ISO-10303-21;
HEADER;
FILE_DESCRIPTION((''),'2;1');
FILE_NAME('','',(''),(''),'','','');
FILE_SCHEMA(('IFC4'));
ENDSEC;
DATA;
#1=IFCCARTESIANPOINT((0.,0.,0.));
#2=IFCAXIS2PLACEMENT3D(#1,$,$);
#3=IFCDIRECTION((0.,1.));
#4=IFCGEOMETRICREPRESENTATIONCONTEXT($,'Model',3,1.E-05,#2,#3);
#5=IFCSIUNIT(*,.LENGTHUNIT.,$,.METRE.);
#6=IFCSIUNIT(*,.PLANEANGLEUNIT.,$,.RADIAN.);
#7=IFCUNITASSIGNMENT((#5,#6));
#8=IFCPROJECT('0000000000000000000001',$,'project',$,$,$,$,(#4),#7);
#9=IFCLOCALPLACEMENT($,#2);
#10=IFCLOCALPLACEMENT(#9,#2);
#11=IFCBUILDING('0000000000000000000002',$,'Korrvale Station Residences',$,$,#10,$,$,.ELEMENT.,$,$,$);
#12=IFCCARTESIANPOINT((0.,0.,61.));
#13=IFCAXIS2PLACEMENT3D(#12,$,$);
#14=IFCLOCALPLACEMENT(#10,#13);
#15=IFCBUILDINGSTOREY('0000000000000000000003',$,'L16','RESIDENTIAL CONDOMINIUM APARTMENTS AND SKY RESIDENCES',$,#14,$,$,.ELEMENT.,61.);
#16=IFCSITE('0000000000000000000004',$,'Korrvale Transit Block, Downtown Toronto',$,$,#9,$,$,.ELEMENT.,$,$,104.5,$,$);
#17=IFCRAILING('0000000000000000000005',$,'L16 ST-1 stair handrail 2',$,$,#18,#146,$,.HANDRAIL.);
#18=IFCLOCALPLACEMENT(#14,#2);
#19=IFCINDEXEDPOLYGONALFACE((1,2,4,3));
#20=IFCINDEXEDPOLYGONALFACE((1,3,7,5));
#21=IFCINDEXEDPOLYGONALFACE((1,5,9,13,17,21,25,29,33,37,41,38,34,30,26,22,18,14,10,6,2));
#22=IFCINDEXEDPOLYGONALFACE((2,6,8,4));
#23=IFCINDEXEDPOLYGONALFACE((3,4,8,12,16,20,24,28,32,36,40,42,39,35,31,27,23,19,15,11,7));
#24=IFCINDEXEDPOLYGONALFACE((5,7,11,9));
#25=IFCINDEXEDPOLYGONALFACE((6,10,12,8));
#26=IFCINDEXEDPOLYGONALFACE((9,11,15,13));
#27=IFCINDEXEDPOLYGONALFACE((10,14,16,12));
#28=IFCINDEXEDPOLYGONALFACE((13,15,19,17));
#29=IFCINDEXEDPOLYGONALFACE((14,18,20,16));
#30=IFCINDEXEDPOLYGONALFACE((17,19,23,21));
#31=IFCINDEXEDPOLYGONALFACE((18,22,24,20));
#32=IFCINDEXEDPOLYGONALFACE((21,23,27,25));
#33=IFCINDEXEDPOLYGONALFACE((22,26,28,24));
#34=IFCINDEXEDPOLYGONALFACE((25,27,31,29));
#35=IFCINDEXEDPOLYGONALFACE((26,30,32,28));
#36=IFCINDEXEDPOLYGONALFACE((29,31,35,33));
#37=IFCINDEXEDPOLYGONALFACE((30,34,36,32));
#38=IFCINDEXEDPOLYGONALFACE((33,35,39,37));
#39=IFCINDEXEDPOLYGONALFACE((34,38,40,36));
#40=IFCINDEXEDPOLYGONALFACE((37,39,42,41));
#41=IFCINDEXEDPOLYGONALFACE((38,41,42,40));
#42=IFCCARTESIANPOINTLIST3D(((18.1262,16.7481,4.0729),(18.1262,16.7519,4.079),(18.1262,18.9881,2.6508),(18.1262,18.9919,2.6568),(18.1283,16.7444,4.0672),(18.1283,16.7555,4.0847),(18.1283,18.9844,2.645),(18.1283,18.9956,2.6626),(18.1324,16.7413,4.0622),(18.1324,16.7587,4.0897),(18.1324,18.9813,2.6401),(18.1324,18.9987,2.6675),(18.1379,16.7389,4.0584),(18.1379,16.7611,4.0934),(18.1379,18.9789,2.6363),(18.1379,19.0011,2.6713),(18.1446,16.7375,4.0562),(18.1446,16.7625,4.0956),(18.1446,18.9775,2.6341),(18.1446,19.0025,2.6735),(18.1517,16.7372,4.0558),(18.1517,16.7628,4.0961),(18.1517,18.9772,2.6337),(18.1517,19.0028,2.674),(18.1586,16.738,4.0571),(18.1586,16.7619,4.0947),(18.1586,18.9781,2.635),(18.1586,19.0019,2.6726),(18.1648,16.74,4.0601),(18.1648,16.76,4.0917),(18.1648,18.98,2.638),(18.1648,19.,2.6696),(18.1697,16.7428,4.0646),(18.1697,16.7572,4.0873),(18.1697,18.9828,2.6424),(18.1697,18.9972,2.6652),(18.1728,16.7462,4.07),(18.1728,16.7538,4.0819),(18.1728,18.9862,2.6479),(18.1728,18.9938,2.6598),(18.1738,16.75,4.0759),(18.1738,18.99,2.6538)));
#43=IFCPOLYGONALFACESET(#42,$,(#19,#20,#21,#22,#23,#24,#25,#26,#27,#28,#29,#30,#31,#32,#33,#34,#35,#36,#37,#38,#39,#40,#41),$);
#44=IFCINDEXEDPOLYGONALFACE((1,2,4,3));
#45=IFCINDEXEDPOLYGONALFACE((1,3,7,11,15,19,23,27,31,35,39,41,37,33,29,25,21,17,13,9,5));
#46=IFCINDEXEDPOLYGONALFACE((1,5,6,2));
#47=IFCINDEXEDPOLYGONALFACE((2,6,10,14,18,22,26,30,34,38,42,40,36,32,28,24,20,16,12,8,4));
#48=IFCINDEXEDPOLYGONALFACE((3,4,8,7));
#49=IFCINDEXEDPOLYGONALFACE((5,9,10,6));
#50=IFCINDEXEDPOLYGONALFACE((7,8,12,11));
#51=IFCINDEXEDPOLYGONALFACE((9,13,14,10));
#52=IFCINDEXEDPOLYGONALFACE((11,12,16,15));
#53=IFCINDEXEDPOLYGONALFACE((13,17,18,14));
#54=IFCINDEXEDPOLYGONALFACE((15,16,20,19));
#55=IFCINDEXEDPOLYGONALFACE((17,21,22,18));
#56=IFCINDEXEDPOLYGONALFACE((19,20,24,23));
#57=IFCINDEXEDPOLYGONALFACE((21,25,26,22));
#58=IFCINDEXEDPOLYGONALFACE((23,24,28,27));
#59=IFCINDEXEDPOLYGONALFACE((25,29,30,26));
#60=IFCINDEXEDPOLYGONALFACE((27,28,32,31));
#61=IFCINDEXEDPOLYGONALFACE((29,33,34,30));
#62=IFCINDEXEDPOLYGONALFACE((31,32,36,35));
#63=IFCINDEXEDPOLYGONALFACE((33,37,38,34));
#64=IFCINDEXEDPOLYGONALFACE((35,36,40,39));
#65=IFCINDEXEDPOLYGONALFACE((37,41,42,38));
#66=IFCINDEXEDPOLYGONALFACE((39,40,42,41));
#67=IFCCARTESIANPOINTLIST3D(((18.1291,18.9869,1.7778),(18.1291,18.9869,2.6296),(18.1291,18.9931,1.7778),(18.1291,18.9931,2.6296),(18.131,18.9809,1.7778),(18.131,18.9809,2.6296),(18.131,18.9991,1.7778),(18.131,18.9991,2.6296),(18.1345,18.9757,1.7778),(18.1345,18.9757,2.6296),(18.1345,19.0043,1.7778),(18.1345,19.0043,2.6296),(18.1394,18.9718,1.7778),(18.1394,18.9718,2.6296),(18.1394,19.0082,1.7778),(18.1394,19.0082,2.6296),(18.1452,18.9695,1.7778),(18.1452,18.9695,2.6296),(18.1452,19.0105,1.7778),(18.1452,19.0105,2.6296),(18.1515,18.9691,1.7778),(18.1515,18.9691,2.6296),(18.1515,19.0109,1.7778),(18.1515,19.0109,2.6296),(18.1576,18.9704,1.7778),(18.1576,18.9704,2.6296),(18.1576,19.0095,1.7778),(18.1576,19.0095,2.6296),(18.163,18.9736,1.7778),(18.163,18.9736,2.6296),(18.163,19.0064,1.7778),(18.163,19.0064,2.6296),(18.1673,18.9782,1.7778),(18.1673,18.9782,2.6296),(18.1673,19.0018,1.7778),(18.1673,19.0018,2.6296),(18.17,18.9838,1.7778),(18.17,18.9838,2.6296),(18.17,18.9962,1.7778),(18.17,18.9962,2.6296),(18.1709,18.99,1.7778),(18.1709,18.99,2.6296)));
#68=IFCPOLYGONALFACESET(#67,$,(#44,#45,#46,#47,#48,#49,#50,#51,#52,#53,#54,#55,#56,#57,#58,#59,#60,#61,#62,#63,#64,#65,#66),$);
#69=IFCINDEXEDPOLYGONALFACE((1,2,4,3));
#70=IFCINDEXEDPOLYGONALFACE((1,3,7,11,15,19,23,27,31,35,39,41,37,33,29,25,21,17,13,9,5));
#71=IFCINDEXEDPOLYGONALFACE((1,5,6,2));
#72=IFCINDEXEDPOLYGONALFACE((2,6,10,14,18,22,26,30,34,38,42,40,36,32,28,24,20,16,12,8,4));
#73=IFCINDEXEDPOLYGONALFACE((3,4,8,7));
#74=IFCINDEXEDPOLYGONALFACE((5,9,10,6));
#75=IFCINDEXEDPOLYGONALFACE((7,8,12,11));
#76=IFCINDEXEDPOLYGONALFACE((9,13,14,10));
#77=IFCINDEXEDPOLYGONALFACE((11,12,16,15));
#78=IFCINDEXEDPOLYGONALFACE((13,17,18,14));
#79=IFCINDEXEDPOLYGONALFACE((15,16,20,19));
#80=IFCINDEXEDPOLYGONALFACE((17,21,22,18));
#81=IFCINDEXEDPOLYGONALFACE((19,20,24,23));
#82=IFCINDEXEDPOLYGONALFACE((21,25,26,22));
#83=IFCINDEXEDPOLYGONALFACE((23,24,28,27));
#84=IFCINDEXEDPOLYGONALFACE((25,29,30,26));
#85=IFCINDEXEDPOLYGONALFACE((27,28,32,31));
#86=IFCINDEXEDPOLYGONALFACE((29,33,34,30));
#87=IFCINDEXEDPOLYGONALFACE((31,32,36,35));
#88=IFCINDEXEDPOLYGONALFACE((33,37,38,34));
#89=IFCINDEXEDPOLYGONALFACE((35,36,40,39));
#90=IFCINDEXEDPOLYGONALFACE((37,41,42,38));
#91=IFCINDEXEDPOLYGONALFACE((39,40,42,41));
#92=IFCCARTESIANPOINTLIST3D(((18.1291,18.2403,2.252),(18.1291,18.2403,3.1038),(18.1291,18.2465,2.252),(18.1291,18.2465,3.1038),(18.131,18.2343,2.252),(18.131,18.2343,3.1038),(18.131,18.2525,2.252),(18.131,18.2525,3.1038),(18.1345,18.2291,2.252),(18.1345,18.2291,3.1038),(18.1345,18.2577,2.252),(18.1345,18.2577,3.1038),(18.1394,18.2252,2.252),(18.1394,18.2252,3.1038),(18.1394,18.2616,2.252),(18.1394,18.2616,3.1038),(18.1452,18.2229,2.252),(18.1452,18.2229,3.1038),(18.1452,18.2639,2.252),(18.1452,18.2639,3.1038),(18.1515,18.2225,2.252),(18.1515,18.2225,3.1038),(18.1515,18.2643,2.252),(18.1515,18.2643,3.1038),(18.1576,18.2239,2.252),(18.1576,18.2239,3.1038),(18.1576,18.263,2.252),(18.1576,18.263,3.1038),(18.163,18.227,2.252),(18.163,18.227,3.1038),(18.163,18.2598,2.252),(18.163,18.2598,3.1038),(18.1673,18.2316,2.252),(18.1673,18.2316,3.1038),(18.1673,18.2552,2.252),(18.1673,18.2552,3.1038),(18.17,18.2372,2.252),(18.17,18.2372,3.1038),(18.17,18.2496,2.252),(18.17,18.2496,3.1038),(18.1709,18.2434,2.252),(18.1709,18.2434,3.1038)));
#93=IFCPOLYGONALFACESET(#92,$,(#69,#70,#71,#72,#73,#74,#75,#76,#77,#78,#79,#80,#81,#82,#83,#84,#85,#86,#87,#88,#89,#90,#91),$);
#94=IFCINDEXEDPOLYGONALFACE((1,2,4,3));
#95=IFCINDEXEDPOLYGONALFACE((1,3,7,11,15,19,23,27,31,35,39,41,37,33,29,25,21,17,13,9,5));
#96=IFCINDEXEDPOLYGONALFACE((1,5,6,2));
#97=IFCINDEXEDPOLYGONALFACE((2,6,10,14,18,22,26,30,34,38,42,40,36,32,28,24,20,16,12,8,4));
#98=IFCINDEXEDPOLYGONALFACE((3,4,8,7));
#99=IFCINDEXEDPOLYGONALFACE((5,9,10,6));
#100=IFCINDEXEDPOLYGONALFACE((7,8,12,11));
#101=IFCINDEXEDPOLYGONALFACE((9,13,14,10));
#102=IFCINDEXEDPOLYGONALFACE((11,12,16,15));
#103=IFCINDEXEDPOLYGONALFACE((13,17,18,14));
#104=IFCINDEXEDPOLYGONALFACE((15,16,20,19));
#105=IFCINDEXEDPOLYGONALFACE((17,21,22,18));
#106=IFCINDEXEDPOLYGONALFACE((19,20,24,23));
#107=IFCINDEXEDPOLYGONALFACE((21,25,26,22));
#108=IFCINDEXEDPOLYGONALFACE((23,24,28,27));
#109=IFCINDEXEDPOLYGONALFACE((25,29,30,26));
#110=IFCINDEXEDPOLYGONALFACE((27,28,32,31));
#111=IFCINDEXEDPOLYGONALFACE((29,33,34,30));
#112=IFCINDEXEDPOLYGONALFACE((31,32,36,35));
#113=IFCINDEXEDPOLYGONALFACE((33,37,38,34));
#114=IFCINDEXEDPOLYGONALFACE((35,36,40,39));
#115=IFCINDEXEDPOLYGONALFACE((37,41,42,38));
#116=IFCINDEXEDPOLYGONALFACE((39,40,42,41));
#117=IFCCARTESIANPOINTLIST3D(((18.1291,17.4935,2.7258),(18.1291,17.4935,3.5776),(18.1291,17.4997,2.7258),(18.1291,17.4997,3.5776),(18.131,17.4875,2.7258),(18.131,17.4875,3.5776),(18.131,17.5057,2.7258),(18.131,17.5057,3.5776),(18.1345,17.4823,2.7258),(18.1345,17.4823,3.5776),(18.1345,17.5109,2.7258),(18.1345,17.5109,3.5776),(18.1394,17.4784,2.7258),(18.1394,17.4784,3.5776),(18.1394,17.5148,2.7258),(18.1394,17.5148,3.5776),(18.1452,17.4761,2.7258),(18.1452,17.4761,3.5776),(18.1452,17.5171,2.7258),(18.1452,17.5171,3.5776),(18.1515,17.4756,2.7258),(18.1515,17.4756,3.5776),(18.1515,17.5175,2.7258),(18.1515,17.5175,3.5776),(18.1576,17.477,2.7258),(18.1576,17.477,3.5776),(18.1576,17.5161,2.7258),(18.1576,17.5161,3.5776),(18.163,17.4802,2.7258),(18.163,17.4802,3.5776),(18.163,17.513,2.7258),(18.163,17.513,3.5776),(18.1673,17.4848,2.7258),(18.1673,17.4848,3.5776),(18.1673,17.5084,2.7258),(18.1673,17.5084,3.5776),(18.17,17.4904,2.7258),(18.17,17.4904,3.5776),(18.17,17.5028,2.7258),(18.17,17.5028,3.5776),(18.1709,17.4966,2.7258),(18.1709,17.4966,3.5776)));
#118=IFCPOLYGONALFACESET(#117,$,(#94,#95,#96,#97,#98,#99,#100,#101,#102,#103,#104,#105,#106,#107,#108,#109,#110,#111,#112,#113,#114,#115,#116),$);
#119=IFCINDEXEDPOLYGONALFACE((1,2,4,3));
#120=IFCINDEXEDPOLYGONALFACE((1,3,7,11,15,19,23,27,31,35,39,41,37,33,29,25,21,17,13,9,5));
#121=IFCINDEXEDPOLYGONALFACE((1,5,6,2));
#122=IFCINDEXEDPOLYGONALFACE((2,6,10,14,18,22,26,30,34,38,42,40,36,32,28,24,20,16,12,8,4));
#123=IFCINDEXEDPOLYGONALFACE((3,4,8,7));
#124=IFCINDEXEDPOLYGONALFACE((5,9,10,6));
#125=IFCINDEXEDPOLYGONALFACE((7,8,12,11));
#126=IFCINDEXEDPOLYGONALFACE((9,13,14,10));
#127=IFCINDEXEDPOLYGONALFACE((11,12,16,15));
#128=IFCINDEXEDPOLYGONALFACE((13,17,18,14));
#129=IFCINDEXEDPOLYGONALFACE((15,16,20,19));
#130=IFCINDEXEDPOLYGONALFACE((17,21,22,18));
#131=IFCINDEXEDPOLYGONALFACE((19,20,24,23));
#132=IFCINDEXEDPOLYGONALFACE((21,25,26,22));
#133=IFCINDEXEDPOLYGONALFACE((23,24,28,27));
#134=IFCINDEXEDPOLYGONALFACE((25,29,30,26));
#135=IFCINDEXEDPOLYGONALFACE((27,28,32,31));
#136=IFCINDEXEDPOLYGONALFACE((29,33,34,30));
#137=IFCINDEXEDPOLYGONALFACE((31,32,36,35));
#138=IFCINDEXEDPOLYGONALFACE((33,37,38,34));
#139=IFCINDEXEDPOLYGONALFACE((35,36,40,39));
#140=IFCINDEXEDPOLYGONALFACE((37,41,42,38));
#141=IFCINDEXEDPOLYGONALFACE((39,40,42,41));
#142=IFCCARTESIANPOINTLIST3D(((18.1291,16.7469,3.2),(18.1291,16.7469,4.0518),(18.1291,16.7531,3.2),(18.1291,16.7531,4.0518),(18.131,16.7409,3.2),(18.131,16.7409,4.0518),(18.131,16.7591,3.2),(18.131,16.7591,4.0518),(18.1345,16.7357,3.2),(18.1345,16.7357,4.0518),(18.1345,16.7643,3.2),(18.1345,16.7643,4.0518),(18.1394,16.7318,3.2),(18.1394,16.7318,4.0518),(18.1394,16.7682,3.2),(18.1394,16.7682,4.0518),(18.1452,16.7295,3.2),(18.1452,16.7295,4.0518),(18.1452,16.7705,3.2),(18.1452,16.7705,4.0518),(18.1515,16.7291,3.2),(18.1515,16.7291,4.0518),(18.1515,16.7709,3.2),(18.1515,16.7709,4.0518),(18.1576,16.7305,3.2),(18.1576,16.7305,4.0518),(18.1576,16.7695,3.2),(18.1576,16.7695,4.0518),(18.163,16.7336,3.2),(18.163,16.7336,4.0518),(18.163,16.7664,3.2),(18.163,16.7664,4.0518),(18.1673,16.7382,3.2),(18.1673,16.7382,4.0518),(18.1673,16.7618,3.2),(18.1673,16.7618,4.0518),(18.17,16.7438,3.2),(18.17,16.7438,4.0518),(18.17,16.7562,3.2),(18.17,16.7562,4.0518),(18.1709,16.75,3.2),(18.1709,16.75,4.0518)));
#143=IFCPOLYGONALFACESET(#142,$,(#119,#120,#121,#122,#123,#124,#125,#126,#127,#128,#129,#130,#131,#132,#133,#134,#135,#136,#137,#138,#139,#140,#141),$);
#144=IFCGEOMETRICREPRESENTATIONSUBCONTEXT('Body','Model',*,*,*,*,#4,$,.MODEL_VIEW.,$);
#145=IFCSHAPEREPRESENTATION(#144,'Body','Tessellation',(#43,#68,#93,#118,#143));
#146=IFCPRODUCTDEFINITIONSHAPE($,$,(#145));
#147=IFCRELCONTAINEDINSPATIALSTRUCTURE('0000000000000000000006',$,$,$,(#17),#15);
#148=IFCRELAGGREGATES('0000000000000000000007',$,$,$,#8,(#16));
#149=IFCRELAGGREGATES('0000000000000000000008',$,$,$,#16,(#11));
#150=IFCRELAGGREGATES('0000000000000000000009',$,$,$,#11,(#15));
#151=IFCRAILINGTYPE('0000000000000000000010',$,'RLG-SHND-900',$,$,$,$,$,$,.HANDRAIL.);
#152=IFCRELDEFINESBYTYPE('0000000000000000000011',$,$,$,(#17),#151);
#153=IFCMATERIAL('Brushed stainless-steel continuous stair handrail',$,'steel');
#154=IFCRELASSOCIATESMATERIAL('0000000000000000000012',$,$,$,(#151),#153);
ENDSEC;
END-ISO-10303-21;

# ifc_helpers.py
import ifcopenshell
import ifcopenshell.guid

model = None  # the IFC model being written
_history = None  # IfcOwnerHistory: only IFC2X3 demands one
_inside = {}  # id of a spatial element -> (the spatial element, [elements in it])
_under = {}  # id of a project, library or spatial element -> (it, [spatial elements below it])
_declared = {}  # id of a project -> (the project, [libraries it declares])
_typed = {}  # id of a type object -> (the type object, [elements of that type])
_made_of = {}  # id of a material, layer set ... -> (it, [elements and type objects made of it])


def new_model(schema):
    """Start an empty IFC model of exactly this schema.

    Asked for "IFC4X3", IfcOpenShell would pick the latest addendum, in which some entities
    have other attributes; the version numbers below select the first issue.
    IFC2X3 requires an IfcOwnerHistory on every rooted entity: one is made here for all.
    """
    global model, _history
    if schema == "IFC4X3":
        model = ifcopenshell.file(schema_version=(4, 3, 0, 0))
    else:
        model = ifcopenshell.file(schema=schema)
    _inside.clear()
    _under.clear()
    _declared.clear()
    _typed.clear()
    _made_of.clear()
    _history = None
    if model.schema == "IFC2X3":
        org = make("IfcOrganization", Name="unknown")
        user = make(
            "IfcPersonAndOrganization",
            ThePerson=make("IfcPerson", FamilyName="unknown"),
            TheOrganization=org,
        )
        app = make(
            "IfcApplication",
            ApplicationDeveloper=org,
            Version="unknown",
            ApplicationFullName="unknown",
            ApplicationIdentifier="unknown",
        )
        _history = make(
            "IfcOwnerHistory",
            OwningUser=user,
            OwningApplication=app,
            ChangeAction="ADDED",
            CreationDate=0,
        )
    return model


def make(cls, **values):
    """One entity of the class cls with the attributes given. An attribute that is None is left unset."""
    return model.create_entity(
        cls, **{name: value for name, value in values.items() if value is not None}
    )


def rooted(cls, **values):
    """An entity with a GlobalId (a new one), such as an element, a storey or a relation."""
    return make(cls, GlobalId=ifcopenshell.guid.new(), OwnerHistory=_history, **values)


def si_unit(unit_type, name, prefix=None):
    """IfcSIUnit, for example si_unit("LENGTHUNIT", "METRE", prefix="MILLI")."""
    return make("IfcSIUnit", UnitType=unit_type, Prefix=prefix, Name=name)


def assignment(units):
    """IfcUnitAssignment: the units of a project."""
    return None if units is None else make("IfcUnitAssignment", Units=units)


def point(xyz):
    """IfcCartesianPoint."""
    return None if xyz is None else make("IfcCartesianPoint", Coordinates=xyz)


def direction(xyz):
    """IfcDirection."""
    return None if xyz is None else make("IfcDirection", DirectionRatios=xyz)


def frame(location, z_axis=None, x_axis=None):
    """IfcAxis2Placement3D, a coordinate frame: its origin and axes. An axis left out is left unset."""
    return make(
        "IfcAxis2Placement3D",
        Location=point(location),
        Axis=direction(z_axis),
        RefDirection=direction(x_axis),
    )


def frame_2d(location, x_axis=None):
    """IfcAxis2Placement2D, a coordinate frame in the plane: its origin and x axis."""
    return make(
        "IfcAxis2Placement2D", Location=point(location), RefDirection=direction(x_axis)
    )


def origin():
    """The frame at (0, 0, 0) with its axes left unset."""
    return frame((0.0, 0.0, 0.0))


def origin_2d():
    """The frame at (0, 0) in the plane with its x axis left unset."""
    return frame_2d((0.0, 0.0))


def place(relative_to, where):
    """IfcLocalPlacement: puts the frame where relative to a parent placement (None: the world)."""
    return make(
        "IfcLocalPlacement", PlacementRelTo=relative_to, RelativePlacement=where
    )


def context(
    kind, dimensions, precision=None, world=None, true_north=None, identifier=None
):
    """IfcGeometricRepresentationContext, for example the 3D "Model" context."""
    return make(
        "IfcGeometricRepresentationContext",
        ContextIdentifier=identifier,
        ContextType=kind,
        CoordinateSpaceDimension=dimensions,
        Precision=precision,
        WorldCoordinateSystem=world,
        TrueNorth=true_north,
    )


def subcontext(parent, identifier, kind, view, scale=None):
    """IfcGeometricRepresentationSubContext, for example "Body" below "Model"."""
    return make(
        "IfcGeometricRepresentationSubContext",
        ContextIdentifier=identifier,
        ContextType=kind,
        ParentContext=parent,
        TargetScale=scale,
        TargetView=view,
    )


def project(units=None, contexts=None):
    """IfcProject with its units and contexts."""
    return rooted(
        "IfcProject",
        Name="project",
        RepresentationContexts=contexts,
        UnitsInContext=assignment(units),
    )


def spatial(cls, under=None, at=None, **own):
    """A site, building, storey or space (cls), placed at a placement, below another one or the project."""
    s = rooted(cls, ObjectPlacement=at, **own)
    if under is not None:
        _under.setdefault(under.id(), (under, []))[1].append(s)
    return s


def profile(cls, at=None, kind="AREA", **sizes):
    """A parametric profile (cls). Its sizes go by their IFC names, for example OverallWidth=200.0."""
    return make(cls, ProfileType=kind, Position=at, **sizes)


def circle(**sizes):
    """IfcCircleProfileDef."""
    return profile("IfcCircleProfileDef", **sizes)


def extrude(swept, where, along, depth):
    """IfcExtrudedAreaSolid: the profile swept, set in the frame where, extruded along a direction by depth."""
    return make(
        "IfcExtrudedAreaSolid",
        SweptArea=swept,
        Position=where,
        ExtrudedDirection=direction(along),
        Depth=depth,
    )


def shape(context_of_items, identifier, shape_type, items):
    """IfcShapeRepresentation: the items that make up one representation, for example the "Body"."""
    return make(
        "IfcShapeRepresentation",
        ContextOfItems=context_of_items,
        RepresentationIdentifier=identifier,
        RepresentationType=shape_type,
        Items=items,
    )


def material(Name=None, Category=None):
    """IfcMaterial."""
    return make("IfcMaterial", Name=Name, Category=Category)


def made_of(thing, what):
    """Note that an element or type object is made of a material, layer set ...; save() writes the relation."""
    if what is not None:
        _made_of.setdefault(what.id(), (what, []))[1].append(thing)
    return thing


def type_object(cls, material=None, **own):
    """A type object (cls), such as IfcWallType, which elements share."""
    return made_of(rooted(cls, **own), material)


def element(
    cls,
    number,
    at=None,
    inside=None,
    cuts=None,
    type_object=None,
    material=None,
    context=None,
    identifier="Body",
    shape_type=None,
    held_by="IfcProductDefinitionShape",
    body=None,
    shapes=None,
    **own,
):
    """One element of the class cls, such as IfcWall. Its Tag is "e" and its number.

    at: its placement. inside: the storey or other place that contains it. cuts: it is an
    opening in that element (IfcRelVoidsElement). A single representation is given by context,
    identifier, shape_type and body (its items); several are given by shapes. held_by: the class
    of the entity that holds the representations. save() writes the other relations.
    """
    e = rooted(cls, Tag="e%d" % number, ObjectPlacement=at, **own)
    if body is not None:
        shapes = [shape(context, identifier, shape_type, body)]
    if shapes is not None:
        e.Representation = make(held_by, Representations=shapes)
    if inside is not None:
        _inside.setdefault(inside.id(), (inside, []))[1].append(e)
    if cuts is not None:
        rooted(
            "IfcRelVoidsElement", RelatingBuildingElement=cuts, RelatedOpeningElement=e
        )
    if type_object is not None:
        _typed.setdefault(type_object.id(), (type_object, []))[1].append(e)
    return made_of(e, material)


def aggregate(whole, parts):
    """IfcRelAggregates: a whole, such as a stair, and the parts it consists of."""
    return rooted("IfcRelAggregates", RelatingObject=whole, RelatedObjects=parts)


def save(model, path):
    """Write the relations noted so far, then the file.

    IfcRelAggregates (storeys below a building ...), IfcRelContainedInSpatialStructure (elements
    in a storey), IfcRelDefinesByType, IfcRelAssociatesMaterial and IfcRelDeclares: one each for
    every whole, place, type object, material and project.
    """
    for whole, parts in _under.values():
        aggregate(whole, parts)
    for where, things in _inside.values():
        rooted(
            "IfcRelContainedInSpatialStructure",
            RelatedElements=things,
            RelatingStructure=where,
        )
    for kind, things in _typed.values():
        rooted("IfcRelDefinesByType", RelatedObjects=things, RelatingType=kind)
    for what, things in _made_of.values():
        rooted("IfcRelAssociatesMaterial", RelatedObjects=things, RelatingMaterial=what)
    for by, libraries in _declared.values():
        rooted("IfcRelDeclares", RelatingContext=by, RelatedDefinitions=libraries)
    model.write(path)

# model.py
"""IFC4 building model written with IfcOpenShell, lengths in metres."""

from ifc_helpers import new_model, si_unit, direction, frame, origin, origin_2d, place, context, subcontext, project, spatial, circle, extrude, material, type_object, element, save


model = new_model("IFC4")

# Units and contexts
model_context = context("Model", 3, precision=1e-05, world=origin(), true_north=direction((0.0, 1.0)))
body_context = subcontext(model_context, "Body", "Model", "MODEL_VIEW")
ifc_project = project(units=[si_unit("LENGTHUNIT", "METRE"), si_unit("PLANEANGLEUNIT", "RADIAN")], contexts=[model_context])

# Site, building, storey
site_placement = place(None, origin())
site = spatial("IfcSite", under=ifc_project, at=site_placement, Name="Korrvale Transit Block, Downtown Toronto", CompositionType="ELEMENT", RefElevation=104.5)
building_placement = place(site_placement, origin())
building = spatial("IfcBuilding", under=site, at=building_placement, Name="Korrvale Station Residences", CompositionType="ELEMENT")
storey_placement = place(building_placement, frame((0.0, 0.0, 61.0)))
storey = spatial("IfcBuildingStorey", under=building, at=storey_placement, Name="L16", Description="RESIDENTIAL CONDOMINIUM APARTMENTS AND SKY RESIDENCES", CompositionType="ELEMENT", Elevation=61.0)

# Railing
ifc_material_1 = material(Name="Brushed stainless-steel continuous stair handrail", Category="steel")
railing_type_1 = type_object("IfcRailingType", Name="RLG-SHND-900", PredefinedType="HANDRAIL", material=ifc_material_1)
railing_1_placement = place(storey_placement, frame((18.1499, 18.99, 1.7778)))
element("IfcRailing", 1, at=railing_1_placement, inside=storey, type_object=railing_type_1, Name="L16 ST-1 stair handrail 2", PredefinedType="HANDRAIL", context=body_context, shape_type="SweptSolid", body=[
    extrude(circle(Radius=0.0239, at=origin_2d()), frame((0.0, 0.0, 0.876), z_axis=(0.0, -0.844229, 0.535982), x_axis=(1.0, 0.0, 0.0)), (0.0, 0.0, 1.0), 2.6533),
    extrude(circle(Radius=0.021, at=origin_2d()), origin(), (0.0, 0.0, 1.0), 0.8518),
    extrude(circle(Radius=0.021, at=origin_2d()), frame((0.0, -0.7466, 0.4741)), (0.0, 0.0, 1.0), 0.8518),
    extrude(circle(Radius=0.021, at=origin_2d()), frame((0.0, -1.4934, 0.948)), (0.0, 0.0, 1.0), 0.8518),
    extrude(circle(Radius=0.021, at=origin_2d()), frame((0.0, -2.24, 1.4221)), (0.0, 0.0, 1.0), 0.8518),
])

save(model, "model.ifc")
